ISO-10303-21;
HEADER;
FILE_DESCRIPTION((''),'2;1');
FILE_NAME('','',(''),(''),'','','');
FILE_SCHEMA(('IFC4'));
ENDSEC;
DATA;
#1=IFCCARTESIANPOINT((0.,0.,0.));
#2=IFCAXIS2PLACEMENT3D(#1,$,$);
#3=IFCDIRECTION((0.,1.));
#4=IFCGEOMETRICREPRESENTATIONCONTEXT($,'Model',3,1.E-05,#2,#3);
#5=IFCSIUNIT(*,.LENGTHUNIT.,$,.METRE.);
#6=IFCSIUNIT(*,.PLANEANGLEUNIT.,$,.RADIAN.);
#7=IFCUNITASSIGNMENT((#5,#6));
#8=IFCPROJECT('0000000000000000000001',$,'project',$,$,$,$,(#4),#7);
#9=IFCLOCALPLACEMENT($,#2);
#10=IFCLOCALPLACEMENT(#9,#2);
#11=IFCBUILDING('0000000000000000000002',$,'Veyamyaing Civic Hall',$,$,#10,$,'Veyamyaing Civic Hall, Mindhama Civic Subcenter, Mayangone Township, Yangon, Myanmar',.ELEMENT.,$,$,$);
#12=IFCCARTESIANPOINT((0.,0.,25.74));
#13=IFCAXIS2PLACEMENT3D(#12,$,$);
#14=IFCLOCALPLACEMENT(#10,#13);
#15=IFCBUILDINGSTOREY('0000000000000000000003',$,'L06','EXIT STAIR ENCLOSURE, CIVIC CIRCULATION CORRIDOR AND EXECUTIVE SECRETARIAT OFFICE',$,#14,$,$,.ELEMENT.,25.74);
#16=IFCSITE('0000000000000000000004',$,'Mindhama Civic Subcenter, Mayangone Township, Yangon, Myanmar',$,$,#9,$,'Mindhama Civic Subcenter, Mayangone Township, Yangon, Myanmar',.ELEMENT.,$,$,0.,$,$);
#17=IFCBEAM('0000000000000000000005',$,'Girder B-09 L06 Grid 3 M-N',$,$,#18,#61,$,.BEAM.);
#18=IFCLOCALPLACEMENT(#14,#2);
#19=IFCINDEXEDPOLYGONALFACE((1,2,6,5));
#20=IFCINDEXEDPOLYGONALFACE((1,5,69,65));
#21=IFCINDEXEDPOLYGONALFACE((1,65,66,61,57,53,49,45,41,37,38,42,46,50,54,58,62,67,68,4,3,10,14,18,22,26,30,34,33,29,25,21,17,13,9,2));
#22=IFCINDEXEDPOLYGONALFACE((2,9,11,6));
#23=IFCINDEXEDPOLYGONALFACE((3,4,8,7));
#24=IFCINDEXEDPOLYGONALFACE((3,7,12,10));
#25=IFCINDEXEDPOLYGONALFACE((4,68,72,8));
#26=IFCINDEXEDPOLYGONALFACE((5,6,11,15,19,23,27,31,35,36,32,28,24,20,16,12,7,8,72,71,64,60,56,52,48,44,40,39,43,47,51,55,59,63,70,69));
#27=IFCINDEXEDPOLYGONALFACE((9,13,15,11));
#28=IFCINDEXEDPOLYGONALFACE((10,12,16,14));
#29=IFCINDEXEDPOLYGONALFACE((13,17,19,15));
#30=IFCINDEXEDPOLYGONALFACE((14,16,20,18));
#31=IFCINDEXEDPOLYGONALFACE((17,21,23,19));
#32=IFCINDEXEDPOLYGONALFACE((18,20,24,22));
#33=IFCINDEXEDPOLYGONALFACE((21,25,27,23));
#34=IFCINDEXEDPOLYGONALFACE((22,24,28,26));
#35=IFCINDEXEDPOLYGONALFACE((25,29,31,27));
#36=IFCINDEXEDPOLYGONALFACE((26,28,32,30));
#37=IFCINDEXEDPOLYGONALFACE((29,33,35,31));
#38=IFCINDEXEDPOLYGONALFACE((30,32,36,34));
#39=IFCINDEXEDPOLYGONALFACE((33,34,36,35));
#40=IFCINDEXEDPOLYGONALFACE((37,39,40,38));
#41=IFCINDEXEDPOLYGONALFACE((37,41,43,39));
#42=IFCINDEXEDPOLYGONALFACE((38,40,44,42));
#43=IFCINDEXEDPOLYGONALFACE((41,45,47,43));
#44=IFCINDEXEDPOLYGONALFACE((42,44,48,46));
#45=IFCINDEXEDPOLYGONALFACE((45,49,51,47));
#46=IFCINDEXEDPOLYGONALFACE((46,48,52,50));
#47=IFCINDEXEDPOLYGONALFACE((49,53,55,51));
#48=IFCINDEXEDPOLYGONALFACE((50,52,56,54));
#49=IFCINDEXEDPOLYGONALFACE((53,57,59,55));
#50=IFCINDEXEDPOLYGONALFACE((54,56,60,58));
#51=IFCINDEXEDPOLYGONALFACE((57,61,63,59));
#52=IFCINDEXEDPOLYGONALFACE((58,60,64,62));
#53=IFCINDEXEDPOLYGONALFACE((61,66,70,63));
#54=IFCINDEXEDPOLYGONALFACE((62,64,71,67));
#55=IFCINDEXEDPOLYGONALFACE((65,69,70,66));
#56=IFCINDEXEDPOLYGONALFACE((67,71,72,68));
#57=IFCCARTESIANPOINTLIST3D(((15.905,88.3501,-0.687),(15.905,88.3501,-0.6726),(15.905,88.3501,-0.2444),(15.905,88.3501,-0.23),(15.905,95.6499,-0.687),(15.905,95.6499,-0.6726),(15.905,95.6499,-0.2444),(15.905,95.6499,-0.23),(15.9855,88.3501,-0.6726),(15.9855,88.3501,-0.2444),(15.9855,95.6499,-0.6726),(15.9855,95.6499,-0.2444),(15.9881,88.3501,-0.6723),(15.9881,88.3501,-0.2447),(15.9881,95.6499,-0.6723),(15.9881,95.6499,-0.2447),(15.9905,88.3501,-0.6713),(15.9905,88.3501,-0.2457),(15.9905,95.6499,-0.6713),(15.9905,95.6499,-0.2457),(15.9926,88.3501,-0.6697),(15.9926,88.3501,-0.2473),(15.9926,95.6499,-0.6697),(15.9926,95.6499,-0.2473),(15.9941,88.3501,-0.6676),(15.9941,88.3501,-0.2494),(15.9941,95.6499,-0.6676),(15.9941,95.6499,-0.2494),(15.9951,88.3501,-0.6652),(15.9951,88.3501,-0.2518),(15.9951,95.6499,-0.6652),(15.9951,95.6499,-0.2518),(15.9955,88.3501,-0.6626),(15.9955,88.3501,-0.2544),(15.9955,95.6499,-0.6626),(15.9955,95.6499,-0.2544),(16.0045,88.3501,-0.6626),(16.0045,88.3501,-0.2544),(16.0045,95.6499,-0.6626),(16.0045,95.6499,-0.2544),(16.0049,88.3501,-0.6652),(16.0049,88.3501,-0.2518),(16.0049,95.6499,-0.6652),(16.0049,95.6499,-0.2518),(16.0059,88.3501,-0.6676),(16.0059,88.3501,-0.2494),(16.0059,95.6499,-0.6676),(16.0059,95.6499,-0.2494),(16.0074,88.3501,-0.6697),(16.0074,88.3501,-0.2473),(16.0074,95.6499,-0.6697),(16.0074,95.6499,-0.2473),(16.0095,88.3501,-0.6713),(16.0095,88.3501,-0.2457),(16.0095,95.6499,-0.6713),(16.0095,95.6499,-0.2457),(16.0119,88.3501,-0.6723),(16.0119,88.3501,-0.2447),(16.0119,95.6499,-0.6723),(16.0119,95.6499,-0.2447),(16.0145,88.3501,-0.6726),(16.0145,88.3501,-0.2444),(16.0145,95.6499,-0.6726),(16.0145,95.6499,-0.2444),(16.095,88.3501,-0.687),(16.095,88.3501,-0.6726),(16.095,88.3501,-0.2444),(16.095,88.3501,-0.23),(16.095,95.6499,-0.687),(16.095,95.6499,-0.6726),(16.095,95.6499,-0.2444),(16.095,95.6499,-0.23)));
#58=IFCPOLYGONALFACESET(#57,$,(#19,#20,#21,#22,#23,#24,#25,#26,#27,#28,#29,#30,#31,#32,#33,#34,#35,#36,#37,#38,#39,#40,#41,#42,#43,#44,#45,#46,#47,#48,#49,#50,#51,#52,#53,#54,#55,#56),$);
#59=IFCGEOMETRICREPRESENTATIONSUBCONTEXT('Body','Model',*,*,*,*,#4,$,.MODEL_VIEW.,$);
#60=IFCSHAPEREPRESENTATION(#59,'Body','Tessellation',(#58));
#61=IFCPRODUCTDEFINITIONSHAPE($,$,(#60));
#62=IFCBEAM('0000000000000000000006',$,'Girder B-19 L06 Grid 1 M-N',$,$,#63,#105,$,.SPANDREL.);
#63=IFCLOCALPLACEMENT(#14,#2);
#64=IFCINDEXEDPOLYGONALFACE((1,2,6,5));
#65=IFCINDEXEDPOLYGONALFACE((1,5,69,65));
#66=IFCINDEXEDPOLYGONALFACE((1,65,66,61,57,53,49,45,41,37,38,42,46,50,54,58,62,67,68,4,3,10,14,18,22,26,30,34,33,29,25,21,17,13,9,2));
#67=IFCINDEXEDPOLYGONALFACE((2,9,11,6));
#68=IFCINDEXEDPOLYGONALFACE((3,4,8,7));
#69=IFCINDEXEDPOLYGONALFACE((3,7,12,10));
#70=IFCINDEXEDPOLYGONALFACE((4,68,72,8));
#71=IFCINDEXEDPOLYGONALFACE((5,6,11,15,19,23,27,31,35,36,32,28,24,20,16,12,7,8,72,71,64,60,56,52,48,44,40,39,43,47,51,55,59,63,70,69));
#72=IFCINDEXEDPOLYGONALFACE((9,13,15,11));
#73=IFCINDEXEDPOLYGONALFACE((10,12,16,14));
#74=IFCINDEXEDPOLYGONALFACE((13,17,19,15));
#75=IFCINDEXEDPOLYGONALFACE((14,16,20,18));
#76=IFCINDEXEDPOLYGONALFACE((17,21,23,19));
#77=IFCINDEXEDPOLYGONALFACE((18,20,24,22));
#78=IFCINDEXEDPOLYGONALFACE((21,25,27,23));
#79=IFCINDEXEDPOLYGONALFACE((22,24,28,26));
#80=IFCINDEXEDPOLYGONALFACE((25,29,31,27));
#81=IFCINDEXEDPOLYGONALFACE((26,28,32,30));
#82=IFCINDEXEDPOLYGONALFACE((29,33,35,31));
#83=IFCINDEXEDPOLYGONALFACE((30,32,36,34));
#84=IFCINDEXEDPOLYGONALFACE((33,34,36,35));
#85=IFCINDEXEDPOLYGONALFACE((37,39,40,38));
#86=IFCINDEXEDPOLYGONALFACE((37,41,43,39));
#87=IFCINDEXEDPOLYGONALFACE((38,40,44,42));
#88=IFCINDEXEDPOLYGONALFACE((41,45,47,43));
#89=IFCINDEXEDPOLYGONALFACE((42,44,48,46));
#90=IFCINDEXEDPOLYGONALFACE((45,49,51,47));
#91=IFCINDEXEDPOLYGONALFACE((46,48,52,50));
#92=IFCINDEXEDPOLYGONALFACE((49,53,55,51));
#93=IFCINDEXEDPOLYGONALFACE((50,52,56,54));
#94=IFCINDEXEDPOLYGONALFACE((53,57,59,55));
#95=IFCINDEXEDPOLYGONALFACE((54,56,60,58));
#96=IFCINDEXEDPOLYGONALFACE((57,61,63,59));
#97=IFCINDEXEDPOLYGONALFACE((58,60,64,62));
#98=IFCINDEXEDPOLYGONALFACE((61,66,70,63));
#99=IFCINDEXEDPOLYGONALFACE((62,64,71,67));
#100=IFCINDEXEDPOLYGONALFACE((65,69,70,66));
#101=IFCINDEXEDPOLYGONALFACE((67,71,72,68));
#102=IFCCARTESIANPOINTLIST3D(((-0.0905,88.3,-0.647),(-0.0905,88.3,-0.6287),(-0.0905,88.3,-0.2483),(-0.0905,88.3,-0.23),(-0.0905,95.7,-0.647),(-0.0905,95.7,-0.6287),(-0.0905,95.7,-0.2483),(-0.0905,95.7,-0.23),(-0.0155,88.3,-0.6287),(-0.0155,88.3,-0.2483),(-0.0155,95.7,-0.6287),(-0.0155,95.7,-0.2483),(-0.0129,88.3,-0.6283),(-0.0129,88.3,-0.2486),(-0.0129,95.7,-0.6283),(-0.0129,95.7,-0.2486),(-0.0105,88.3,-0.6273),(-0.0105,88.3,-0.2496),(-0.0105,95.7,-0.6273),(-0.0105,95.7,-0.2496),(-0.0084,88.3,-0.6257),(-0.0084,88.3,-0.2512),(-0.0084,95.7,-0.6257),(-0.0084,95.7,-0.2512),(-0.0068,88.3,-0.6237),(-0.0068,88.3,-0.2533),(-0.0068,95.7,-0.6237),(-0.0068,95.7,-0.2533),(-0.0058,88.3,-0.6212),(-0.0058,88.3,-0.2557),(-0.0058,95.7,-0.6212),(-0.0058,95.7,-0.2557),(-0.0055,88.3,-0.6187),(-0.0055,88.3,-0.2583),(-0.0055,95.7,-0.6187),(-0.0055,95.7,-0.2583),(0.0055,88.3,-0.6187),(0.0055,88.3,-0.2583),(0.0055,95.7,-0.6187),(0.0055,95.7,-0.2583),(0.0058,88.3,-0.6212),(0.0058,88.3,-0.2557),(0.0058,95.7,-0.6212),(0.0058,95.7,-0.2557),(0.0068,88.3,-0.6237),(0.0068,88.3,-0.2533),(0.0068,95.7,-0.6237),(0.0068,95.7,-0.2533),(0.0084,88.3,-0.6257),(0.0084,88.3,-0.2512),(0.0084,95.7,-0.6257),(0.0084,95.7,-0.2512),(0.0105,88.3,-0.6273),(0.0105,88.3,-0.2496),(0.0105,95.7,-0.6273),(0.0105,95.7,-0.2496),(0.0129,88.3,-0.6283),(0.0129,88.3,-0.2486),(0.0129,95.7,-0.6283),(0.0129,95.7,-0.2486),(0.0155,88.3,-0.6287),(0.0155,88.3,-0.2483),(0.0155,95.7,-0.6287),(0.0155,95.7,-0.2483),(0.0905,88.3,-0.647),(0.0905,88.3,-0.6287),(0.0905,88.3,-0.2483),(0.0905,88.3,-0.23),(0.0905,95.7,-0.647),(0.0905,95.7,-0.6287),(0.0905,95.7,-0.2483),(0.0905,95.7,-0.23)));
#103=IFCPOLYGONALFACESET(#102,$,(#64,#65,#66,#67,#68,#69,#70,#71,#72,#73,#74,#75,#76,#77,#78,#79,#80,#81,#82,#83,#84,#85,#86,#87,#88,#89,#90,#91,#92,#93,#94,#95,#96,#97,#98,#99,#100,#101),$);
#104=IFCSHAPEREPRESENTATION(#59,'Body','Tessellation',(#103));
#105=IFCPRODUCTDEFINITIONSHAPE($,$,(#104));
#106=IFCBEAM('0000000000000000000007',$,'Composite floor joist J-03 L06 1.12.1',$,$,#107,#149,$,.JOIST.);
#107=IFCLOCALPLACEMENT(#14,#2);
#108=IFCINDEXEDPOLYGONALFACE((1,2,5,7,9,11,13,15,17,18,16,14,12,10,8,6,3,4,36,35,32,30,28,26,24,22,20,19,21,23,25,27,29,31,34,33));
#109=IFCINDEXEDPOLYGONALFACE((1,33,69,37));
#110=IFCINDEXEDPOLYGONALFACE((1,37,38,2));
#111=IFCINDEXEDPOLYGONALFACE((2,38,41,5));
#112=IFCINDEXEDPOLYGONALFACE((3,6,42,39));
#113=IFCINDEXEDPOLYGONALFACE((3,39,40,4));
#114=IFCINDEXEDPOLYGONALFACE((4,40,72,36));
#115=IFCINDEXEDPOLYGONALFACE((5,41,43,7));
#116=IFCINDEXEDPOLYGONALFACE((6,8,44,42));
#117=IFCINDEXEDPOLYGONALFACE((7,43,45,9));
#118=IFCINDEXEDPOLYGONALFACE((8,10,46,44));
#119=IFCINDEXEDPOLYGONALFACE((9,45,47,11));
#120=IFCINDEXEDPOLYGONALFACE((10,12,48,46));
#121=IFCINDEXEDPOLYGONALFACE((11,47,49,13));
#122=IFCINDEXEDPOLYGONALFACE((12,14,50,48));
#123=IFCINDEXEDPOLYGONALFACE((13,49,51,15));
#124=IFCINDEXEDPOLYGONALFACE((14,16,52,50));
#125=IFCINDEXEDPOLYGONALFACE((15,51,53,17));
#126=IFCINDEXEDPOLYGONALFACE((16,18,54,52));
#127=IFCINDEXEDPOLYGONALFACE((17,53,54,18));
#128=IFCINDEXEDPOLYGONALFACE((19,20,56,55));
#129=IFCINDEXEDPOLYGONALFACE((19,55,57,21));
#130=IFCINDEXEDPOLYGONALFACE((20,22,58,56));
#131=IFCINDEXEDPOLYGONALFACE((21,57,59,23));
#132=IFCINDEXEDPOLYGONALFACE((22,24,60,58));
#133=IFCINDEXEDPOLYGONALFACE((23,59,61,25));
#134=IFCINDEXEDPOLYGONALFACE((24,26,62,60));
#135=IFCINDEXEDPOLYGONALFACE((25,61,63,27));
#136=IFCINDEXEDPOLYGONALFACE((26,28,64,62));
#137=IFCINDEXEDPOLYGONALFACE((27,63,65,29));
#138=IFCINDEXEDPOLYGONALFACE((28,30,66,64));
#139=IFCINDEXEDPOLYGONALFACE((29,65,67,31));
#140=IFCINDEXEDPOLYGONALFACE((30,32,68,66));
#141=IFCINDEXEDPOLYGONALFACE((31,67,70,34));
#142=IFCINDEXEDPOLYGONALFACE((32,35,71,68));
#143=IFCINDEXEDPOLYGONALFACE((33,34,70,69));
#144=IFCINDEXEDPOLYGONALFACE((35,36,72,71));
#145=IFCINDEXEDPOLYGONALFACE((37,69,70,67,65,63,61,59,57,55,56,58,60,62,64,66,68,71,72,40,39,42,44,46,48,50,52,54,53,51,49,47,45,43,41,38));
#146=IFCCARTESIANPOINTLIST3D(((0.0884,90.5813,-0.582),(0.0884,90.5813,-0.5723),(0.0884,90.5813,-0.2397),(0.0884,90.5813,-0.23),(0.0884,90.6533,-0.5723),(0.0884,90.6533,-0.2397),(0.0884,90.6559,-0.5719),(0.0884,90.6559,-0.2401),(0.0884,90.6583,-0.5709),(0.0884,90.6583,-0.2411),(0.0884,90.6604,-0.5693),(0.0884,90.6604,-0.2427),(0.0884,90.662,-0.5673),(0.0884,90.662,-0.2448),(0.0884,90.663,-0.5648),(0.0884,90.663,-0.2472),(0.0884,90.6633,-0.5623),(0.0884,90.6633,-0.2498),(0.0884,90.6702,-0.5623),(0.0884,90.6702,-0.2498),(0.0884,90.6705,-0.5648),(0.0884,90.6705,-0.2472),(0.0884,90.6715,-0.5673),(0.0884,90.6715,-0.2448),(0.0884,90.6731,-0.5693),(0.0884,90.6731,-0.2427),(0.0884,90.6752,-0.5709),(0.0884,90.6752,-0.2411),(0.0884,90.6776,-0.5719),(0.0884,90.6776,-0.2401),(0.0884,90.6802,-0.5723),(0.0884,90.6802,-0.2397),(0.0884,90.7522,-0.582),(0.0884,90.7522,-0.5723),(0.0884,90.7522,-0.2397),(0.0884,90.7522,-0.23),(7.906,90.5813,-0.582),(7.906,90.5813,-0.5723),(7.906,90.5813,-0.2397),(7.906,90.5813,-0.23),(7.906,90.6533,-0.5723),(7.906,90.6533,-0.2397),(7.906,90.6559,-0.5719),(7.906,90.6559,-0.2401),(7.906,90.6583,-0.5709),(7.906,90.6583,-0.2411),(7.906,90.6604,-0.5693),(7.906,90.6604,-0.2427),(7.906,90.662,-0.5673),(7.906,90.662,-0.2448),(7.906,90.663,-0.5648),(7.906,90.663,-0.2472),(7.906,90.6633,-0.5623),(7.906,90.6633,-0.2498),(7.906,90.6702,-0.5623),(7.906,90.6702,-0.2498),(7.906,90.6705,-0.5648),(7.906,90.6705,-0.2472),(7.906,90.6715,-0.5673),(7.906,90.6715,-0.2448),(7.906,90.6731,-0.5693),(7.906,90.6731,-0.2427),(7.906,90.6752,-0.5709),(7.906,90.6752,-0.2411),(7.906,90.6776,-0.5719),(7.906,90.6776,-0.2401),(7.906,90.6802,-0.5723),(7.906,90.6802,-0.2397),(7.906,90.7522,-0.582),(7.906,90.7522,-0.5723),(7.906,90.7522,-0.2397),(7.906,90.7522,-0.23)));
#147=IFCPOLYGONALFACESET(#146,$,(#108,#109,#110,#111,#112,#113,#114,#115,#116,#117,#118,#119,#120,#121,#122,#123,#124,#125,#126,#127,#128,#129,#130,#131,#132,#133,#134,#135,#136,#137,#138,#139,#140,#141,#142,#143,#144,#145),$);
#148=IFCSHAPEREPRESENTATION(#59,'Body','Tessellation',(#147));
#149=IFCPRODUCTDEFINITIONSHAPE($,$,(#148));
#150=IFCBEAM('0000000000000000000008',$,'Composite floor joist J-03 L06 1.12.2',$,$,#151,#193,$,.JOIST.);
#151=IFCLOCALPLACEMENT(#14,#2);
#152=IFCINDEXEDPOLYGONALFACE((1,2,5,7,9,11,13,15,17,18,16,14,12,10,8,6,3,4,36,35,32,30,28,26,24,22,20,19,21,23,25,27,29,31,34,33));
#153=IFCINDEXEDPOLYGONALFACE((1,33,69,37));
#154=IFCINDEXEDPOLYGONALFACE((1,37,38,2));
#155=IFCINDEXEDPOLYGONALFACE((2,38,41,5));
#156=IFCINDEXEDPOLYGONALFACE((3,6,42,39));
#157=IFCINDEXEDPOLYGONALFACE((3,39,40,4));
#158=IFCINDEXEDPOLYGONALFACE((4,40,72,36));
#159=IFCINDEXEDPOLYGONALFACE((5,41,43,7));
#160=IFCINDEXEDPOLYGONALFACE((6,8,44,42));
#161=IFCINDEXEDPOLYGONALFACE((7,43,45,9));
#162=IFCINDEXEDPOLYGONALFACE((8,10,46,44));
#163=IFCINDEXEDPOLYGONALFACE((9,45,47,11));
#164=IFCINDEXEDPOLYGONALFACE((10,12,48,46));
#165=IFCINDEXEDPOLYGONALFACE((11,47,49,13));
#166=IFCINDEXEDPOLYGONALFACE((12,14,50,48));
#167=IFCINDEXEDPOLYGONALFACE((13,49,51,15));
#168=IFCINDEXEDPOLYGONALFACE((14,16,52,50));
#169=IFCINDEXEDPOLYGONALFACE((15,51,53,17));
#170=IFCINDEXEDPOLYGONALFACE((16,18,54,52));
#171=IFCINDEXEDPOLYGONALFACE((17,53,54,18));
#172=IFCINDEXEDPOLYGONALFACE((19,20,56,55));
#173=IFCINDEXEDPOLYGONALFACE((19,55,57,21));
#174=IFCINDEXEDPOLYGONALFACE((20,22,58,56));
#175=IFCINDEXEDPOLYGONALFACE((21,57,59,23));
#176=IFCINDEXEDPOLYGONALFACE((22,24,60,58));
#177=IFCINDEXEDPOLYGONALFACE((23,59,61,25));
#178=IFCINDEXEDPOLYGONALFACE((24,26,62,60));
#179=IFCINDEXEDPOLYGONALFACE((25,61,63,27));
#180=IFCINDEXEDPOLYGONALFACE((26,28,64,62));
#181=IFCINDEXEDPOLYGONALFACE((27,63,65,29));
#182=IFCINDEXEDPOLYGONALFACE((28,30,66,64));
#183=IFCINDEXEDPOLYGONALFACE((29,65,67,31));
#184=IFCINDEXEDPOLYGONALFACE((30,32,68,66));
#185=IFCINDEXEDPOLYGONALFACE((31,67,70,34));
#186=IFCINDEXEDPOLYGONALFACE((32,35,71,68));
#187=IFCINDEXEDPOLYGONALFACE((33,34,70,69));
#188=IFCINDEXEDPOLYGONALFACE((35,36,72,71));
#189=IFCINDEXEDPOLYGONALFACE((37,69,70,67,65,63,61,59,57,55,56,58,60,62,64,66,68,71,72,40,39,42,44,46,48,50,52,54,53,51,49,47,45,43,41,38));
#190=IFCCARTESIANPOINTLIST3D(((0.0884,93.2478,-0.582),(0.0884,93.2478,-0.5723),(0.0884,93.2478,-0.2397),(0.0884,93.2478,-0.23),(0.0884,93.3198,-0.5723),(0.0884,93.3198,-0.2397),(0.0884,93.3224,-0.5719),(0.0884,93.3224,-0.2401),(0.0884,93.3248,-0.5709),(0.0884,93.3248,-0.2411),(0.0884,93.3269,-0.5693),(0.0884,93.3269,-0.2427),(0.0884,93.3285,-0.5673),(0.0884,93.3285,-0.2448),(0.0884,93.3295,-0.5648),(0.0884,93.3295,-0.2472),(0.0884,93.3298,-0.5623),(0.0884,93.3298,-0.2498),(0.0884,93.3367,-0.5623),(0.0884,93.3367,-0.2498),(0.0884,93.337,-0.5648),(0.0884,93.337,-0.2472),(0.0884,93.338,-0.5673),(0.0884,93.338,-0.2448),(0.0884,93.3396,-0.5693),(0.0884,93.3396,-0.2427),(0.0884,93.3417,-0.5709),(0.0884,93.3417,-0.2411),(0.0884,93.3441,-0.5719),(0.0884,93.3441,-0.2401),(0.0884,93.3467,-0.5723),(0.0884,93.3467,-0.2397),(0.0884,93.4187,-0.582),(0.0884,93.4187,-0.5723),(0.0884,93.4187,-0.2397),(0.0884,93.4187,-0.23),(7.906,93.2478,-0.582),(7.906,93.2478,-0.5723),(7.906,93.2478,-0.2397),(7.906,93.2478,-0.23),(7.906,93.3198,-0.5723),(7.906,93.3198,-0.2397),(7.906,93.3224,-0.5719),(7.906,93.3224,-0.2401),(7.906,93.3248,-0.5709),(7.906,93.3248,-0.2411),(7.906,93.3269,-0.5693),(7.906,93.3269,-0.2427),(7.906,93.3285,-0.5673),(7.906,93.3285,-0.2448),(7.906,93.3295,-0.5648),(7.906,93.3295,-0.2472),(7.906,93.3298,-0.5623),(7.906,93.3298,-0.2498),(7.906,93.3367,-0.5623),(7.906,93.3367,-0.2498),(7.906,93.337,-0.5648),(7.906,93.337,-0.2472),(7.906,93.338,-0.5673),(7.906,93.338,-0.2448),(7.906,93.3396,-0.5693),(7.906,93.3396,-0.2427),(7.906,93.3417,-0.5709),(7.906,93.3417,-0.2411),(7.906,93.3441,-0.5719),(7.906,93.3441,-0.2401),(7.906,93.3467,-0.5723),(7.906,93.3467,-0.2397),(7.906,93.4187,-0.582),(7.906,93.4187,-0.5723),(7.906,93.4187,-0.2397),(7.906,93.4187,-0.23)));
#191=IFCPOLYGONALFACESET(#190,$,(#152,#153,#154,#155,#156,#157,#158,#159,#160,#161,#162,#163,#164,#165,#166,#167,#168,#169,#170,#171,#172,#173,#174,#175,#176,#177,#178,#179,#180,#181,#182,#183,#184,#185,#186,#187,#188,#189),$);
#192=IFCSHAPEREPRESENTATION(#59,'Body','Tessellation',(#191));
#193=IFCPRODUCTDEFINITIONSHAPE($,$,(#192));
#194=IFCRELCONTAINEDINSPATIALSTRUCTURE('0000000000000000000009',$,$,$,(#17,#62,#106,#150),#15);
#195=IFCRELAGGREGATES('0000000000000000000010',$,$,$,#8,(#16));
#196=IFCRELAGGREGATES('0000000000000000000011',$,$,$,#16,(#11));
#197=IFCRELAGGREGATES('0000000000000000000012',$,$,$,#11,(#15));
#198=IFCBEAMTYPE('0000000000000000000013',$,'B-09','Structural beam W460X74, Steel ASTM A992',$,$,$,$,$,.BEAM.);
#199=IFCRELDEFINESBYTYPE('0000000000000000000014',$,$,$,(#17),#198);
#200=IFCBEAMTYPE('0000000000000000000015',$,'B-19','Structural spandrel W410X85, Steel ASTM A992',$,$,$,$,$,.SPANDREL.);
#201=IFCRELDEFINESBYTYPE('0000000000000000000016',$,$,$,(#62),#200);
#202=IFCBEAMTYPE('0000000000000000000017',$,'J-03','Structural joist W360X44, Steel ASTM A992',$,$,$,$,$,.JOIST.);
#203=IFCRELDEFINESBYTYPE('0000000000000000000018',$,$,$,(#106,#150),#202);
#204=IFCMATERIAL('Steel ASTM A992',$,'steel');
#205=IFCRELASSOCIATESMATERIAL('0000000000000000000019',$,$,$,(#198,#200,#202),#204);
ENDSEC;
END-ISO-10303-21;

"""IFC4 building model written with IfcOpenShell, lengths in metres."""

from ifc_helpers import new_model, si_unit, direction, frame, origin, origin_2d, place, context, subcontext, project, spatial, i_section, extrude, material, material_profile, profile_set, type_object, element, save


model = new_model("IFC4")

# Units and contexts
model_context = context("Model", 3, precision=1e-05, world=origin(), true_north=direction((0.0, 1.0)))
body_context = subcontext(model_context, "Body", "Model", "MODEL_VIEW")
ifc_project = project(units=[si_unit("LENGTHUNIT", "METRE"), si_unit("PLANEANGLEUNIT", "RADIAN")], contexts=[model_context])

# Site, building, storey
site_placement = place(None, origin())
site = spatial("IfcSite", under=ifc_project, at=site_placement, Name="Mindhama Civic Subcenter, Mayangone Township, Yangon, Myanmar", LongName="Mindhama Civic Subcenter, Mayangone Township, Yangon, Myanmar", CompositionType="ELEMENT", RefElevation=0.0)
building_placement = place(site_placement, origin())
building = spatial("IfcBuilding", under=site, at=building_placement, Name="Veyamyaing Civic Hall", LongName="Veyamyaing Civic Hall, Mindhama Civic Subcenter, Mayangone Township, Yangon, Myanmar", CompositionType="ELEMENT")
storey_placement = place(building_placement, frame((0.0, 0.0, 25.74)))
storey = spatial("IfcBuildingStorey", under=building, at=storey_placement, Name="L06", Description="EXIT STAIR ENCLOSURE, CIVIC CIRCULATION CORRIDOR AND EXECUTIVE SECRETARIAT OFFICE", CompositionType="ELEMENT", Elevation=25.74)

# Beams
ifc_material_1 = material(Name="Steel ASTM A992", Category="steel")
ifc_material_profile_1 = material_profile(ifc_material_1, i_section(OverallWidth=0.1899, OverallDepth=0.457, WebThickness=0.009, FlangeThickness=0.0144, FilletRadius=0.01, at=origin_2d()), Name="W460X74")
ifc_profile_set_1 = profile_set([ifc_material_profile_1], Name="Steel ASTM A992")
beam_type_1 = type_object("IfcBeamType", Name="B-09", Description="Structural beam W460X74, Steel ASTM A992", PredefinedType="BEAM", material=ifc_profile_set_1)
for number, where, z_axis, x_axis, name in (
    (1, (16.0, 88.3501, -0.4585), (0.0, 1.0, 0.0), (-1.0, 0.0, 0.0), "Girder B-09 L06 Grid 3 M-N"),
):
    element("IfcBeam", number, at=place(storey_placement, frame(where, z_axis=z_axis, x_axis=x_axis)), inside=storey, type_object=beam_type_1, Name=name, PredefinedType="BEAM", context=body_context, shape_type="SweptSolid", body=[
        extrude(i_section(OverallWidth=0.1899, OverallDepth=0.457, WebThickness=0.009, FlangeThickness=0.0144, FilletRadius=0.01, at=origin_2d()), origin(), (0.0, 0.0, 1.0), 7.2998),
    ])
ifc_material_profile_2 = material_profile(ifc_material_1, i_section(OverallWidth=0.1809, OverallDepth=0.417, WebThickness=0.011, FlangeThickness=0.0183, FilletRadius=0.01, at=origin_2d()), Name="W410X85")
ifc_profile_set_2 = profile_set([ifc_material_profile_2], Name="Steel ASTM A992")
beam_type_2 = type_object("IfcBeamType", Name="B-19", Description="Structural spandrel W410X85, Steel ASTM A992", PredefinedType="SPANDREL", material=ifc_profile_set_2)
beam_1_placement = place(storey_placement, frame((0.0, 88.3, -0.4385), z_axis=(0.0, 1.0, 0.0), x_axis=(-1.0, 0.0, 0.0)))
element("IfcBeam", 2, at=beam_1_placement, inside=storey, type_object=beam_type_2, Name="Girder B-19 L06 Grid 1 M-N", PredefinedType="SPANDREL", context=body_context, shape_type="SweptSolid", body=[
    extrude(i_section(OverallWidth=0.1809, OverallDepth=0.417, WebThickness=0.011, FlangeThickness=0.0183, FilletRadius=0.01, at=origin_2d()), origin(), (0.0, 0.0, 1.0), 7.3999),
])
ifc_material_profile_3 = material_profile(ifc_material_1, i_section(OverallWidth=0.1709, OverallDepth=0.3521, WebThickness=0.0068, FlangeThickness=0.0098, FilletRadius=0.01, at=origin_2d()), Name="W360X44")
ifc_profile_set_3 = profile_set([ifc_material_profile_3], Name="Steel ASTM A992")
beam_type_3 = type_object("IfcBeamType", Name="J-03", Description="Structural joist W360X44, Steel ASTM A992", PredefinedType="JOIST", material=ifc_profile_set_3)
for number, where, z_axis, x_axis, name in (
    (3, (0.0884, 90.6667, -0.406), (1.0, 0.0, 0.0), (0.0, 1.0, 0.0), "Composite floor joist J-03 L06 1.12.1"),
    (4, (0.0884, 93.3333, -0.406), (1.0, 0.0, 0.0), (0.0, 1.0, 0.0), "Composite floor joist J-03 L06 1.12.2"),
):
    element("IfcBeam", number, at=place(storey_placement, frame(where, z_axis=z_axis, x_axis=x_axis)), inside=storey, type_object=beam_type_3, Name=name, PredefinedType="JOIST", context=body_context, shape_type="SweptSolid", body=[
        extrude(i_section(OverallWidth=0.1709, OverallDepth=0.3521, WebThickness=0.0068, FlangeThickness=0.0098, FilletRadius=0.01, at=origin_2d()), origin(), (0.0, 0.0, 1.0), 7.8176),
    ])

save(model, "model.ifc")
